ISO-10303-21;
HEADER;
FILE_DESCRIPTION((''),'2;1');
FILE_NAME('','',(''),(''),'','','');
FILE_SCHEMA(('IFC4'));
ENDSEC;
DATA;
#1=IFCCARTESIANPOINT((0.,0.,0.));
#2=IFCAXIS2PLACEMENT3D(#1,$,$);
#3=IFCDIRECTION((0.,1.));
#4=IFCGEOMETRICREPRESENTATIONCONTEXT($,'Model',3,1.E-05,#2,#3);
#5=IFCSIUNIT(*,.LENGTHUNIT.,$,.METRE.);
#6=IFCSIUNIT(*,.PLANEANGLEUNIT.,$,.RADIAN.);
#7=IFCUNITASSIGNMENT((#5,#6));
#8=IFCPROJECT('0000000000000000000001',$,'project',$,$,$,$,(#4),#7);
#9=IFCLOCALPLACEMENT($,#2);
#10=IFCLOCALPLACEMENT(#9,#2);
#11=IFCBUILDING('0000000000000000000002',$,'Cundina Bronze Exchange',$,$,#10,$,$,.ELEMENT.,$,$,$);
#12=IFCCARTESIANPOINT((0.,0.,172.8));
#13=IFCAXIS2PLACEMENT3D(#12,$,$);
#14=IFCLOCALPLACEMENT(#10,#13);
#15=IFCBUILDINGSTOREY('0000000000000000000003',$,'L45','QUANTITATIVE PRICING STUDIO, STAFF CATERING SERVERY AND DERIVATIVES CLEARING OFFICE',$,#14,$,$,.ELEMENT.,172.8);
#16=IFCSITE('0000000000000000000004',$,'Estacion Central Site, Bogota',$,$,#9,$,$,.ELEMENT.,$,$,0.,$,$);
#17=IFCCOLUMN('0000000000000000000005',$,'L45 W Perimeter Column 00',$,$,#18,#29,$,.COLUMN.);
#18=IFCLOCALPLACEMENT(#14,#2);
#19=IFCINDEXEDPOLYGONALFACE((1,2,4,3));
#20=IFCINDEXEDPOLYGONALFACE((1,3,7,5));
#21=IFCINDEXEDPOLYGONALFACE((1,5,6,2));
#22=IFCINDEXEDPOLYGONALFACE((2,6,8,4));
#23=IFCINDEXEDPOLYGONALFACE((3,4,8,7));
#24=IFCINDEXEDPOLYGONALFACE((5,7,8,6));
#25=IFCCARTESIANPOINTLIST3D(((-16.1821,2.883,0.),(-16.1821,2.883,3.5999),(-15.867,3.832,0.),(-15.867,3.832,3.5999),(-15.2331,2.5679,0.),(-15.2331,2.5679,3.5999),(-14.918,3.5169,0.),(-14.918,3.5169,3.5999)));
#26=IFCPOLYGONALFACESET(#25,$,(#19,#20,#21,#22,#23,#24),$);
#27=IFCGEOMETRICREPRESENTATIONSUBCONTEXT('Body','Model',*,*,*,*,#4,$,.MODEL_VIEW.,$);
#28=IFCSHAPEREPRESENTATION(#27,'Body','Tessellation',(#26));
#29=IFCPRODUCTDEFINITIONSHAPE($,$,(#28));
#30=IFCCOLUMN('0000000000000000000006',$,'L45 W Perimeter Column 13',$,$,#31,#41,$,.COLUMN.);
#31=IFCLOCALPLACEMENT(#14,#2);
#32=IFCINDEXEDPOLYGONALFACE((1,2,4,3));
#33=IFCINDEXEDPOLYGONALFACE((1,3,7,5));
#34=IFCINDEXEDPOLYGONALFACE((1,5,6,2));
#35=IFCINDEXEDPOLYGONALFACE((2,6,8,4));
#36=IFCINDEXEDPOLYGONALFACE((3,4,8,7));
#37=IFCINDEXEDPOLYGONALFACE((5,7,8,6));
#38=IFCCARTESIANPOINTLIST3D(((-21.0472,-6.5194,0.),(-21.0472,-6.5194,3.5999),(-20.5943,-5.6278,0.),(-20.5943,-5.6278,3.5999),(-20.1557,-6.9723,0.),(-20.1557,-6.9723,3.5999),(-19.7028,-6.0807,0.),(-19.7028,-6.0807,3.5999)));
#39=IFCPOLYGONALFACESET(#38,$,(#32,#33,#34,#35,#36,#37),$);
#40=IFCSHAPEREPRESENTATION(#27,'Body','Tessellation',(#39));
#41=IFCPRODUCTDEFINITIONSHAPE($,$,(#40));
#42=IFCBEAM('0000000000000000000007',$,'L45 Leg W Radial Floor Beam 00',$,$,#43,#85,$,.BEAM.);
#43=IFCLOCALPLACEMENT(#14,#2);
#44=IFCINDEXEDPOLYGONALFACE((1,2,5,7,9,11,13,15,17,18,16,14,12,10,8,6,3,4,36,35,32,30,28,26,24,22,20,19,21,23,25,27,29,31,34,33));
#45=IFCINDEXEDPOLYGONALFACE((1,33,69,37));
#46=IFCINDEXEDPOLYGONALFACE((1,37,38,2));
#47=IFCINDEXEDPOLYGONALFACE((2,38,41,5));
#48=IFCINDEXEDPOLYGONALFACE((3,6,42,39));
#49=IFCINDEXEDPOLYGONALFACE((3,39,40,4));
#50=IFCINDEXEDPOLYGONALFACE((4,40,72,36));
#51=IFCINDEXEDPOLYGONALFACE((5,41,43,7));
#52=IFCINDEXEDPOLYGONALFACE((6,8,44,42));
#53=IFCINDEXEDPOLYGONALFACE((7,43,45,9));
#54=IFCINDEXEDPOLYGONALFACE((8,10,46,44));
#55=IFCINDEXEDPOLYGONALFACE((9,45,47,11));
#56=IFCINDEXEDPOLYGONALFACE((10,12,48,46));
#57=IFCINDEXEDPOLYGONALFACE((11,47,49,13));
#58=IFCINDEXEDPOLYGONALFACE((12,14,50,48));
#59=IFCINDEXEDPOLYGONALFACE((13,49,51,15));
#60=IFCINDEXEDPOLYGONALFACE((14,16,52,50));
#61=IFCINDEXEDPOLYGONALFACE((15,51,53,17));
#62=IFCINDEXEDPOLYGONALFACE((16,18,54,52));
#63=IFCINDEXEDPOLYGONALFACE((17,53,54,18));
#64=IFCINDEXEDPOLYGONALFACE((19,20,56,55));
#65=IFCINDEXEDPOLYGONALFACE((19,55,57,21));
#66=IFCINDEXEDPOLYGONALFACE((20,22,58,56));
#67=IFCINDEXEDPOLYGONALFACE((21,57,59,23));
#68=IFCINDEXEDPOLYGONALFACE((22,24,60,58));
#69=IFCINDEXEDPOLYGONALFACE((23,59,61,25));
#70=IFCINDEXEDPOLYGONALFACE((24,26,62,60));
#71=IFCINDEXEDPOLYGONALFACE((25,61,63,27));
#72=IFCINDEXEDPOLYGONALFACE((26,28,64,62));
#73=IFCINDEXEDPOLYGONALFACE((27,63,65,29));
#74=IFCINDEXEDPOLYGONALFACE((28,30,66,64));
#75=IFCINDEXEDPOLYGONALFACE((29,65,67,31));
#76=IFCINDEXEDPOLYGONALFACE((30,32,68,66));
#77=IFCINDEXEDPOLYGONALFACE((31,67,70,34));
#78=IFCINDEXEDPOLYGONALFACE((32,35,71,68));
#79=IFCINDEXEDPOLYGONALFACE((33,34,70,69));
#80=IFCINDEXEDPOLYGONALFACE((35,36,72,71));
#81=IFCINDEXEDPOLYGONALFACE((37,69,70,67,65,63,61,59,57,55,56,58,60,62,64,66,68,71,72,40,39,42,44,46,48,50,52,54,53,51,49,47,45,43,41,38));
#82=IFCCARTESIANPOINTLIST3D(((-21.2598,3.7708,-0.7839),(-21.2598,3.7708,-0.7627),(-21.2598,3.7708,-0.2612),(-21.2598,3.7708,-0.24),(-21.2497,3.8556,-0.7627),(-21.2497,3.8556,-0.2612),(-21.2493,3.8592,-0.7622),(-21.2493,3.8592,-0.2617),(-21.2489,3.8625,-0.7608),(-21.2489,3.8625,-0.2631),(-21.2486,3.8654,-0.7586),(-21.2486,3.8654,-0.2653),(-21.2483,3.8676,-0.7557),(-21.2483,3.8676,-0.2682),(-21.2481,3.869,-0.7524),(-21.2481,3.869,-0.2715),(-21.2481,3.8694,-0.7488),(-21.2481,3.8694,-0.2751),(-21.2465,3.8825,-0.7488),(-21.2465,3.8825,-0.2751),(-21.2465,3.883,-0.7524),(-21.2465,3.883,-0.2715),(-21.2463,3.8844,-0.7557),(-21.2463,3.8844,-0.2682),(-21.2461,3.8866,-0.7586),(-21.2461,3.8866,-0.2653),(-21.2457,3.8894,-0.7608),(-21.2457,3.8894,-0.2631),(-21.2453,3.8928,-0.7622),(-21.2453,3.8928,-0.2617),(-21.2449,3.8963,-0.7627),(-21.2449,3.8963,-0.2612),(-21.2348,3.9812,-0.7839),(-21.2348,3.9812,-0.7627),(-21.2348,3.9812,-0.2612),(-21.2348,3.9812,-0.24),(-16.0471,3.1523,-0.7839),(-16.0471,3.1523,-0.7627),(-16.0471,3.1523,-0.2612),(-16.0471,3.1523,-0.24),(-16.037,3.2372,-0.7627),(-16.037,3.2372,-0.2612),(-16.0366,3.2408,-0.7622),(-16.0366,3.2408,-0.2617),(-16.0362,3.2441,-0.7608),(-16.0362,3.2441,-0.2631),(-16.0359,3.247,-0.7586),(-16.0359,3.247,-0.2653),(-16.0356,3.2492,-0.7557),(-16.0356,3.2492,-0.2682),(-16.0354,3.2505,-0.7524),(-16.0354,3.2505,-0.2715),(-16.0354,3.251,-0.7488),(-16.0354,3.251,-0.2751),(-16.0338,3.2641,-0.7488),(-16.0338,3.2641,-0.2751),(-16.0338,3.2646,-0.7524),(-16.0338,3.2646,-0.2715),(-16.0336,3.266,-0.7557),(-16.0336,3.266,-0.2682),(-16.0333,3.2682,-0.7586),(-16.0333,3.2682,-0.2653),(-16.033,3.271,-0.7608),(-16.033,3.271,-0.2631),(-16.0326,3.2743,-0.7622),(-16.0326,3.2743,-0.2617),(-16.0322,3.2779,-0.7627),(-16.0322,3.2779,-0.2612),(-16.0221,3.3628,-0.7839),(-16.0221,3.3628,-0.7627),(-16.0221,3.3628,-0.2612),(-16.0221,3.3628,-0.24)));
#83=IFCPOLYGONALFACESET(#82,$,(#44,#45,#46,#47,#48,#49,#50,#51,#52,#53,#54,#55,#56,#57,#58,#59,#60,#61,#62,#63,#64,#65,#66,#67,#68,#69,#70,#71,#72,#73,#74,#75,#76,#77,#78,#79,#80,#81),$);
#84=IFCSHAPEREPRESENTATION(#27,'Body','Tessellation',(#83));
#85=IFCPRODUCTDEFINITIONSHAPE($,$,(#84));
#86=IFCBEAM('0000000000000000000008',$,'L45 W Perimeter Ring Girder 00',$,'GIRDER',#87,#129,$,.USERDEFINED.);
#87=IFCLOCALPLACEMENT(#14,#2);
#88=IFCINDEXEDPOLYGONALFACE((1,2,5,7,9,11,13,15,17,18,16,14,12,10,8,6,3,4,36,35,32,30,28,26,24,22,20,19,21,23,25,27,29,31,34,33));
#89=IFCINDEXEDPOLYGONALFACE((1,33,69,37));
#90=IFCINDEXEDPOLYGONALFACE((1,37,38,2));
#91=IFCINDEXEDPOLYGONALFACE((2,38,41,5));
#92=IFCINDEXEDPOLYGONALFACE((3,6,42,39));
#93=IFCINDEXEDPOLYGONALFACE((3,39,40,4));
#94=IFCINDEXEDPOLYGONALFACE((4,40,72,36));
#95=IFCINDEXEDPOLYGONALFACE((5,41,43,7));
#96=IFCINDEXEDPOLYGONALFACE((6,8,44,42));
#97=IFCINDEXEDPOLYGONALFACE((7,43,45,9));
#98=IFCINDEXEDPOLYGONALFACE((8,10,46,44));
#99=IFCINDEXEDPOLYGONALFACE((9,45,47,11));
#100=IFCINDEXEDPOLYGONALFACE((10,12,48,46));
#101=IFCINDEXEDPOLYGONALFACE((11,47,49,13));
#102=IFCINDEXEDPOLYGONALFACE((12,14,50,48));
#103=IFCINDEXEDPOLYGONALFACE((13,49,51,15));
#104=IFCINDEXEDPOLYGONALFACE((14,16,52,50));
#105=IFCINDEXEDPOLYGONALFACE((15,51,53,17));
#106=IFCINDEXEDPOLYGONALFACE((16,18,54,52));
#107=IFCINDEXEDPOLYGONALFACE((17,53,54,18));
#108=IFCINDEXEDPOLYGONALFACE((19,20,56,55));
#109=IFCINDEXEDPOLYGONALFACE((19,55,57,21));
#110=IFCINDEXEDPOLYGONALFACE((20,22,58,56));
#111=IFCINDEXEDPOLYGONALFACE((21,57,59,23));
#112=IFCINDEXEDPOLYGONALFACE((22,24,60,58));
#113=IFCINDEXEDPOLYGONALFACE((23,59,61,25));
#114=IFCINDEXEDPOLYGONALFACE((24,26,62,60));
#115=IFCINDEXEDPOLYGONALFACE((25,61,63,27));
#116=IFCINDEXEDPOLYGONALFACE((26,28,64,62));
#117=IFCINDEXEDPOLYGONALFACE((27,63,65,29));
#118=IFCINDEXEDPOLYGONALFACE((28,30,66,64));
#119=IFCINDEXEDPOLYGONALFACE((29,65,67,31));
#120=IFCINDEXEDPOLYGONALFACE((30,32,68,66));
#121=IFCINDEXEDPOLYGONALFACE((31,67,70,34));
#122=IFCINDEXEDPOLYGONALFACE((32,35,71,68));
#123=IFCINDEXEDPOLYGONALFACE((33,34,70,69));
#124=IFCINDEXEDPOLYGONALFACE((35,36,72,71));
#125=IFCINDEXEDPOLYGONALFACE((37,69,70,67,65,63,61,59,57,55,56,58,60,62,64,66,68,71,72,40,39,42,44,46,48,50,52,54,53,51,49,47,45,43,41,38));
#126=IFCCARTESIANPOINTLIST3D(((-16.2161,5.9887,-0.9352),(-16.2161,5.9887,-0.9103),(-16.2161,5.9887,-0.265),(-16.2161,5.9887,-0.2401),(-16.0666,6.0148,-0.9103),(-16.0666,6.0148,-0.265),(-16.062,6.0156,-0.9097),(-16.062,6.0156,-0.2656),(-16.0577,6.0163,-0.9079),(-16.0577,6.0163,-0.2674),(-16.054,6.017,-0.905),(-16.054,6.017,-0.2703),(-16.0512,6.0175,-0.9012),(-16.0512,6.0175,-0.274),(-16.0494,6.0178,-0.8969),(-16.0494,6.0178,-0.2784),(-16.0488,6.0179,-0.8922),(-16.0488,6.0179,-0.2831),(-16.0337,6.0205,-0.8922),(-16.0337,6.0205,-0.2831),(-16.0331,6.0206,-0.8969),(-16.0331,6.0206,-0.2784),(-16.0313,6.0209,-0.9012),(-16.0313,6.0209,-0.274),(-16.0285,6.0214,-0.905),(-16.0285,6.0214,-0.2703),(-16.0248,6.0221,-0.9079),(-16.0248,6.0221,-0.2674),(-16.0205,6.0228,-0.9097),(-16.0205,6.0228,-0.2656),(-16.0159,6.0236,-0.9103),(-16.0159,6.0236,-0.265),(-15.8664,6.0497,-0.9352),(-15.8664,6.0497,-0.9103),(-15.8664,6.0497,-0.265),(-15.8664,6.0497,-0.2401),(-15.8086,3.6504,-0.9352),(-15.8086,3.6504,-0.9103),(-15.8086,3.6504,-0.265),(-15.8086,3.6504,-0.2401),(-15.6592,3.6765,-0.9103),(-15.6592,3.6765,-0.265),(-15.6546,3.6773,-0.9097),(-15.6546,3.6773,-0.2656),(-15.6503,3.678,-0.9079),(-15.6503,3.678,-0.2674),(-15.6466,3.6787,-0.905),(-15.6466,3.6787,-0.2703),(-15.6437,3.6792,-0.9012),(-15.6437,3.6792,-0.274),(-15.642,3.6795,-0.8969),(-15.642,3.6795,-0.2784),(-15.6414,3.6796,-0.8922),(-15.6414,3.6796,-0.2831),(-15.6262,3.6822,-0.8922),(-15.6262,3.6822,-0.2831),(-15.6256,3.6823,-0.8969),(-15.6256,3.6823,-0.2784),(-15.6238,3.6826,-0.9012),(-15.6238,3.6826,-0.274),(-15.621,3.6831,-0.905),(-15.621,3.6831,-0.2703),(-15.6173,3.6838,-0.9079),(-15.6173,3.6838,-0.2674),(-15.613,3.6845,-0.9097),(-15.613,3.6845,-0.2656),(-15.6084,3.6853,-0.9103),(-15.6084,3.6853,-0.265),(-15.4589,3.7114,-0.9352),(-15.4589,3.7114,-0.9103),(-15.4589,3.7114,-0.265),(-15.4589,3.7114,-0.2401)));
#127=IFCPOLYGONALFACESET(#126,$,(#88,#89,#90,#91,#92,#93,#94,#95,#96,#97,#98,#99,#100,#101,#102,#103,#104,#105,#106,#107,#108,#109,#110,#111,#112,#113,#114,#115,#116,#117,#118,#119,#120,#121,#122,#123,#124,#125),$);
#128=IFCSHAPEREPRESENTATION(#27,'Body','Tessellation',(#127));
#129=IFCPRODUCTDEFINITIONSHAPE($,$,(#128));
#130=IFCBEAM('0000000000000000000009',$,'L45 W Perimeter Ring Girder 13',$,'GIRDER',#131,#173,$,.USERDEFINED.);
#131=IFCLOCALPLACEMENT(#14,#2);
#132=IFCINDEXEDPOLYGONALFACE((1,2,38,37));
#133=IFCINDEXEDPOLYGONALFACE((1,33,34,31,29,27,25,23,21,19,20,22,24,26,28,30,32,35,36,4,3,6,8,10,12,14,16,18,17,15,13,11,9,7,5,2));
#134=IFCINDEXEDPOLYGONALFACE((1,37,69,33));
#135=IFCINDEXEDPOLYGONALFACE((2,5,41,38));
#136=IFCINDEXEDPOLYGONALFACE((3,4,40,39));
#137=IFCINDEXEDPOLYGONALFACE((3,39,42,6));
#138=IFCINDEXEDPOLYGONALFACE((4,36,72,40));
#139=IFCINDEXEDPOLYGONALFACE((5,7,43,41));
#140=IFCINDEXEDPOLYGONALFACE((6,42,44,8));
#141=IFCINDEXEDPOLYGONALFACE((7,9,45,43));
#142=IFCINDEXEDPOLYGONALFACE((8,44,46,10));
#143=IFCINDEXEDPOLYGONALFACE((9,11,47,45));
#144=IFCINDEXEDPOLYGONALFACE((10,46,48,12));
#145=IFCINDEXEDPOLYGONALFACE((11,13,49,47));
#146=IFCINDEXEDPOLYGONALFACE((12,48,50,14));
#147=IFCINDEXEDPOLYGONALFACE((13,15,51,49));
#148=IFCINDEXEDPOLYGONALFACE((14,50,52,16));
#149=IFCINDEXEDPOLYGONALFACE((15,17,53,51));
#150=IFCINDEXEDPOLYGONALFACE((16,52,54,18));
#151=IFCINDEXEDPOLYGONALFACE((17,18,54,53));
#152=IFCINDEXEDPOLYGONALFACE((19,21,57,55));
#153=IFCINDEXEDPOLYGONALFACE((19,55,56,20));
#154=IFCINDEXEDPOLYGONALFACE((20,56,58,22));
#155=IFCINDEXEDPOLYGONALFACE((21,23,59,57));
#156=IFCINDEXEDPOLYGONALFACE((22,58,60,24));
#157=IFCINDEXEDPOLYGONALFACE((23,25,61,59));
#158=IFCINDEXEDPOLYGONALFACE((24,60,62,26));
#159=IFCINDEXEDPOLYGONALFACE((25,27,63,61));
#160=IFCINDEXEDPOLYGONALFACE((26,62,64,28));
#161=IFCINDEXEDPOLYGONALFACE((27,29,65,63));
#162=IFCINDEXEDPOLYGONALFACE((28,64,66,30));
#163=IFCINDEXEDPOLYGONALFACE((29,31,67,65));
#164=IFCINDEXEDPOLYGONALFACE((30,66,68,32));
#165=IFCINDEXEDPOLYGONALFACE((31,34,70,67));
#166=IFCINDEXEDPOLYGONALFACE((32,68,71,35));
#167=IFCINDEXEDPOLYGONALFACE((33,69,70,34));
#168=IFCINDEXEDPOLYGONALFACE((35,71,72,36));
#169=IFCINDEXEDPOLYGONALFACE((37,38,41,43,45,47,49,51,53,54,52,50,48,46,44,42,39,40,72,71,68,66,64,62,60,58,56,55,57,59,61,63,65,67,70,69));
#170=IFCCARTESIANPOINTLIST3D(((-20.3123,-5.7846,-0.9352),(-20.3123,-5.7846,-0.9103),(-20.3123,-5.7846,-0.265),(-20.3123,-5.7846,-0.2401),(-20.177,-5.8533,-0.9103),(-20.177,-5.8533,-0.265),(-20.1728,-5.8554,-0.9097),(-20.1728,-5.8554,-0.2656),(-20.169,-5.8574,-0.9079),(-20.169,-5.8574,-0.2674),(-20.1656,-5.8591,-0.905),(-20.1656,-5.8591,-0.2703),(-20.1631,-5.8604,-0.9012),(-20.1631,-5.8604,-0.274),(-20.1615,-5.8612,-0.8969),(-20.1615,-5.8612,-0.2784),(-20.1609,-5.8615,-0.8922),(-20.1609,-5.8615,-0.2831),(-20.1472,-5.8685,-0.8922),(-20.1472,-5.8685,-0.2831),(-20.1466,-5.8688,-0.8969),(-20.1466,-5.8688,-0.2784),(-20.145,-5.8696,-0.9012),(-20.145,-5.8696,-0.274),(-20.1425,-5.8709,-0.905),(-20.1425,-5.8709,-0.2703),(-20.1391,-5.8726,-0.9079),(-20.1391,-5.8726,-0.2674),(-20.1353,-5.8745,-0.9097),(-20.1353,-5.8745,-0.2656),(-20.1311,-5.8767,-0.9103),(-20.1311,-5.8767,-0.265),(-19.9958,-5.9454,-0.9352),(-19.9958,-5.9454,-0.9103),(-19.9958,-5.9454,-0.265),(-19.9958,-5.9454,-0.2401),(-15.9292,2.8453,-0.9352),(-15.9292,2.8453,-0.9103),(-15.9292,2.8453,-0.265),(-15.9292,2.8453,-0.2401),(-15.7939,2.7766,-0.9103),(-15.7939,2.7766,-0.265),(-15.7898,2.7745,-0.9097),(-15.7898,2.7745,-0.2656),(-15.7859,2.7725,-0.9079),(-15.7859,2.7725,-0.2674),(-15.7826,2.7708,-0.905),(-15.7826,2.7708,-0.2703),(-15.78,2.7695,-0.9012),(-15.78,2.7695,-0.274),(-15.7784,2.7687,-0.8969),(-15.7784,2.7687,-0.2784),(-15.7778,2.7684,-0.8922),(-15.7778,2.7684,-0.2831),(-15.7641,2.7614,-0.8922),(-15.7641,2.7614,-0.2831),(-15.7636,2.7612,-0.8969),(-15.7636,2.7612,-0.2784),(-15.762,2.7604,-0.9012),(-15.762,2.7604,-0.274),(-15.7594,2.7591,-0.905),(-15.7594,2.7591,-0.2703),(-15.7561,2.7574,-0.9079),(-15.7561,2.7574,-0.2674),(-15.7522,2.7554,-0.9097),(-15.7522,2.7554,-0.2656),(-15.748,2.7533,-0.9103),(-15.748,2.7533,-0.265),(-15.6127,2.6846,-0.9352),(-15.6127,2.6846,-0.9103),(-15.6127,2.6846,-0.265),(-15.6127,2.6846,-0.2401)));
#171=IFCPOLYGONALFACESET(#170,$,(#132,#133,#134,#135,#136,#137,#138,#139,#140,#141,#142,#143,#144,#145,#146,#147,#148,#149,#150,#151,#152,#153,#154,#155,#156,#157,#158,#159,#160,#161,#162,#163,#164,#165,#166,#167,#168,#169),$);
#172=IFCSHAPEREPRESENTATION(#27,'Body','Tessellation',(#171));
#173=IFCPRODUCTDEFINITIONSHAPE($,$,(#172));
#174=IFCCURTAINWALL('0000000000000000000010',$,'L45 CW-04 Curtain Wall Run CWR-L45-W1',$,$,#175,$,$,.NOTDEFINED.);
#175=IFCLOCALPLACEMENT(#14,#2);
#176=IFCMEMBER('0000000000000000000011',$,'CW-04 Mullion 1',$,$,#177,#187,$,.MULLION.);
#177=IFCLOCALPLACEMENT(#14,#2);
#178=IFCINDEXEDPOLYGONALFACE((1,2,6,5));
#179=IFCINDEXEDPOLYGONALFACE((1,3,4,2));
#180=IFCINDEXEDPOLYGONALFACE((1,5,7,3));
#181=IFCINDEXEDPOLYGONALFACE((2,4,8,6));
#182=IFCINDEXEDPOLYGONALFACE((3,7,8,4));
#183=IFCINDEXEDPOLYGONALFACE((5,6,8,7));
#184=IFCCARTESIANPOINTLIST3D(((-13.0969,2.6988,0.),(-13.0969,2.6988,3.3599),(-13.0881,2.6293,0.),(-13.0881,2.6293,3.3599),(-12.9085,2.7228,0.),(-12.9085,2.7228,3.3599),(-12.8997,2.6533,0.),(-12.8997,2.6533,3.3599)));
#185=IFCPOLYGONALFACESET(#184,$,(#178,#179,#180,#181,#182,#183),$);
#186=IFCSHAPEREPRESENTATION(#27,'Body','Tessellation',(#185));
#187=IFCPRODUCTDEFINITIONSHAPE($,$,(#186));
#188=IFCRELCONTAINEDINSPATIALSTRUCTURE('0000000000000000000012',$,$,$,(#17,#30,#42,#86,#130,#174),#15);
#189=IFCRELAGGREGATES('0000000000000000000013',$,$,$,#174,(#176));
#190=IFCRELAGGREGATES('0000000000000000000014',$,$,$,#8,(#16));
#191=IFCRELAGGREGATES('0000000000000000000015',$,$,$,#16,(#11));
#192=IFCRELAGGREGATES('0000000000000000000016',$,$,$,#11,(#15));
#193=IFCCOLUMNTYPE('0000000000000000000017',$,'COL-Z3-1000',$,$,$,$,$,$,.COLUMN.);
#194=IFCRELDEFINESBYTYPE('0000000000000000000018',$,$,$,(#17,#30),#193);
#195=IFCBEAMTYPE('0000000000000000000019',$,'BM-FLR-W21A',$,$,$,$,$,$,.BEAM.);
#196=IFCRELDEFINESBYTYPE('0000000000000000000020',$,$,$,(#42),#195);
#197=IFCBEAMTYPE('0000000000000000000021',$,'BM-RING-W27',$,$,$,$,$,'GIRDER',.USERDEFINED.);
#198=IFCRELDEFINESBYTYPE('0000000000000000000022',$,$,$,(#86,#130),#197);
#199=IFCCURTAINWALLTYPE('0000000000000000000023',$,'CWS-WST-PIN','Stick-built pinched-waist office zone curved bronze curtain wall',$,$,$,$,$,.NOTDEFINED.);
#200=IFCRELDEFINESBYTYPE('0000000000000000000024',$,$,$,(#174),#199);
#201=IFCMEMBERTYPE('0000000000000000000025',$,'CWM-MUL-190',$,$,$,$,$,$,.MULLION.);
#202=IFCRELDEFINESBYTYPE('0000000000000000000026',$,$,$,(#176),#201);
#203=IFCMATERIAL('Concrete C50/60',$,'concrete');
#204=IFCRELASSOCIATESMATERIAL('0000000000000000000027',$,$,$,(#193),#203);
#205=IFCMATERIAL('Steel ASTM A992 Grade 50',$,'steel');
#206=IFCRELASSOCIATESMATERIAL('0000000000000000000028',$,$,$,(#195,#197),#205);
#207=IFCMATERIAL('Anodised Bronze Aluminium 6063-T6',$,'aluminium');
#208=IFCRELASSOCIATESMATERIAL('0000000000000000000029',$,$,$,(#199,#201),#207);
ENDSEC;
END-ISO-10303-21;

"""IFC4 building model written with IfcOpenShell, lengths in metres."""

from ifc_helpers import new_model, si_unit, direction, frame, origin, origin_2d, place, context, subcontext, project, spatial, rectangle, i_section, extrude, material, material_profile, profile_set, type_object, element, aggregate, save


model = new_model("IFC4")

# Units and contexts
model_context = context("Model", 3, precision=1e-05, world=origin(), true_north=direction((0.0, 1.0)))
body_context = subcontext(model_context, "Body", "Model", "MODEL_VIEW")
ifc_project = project(units=[si_unit("LENGTHUNIT", "METRE"), si_unit("PLANEANGLEUNIT", "RADIAN")], contexts=[model_context])

# Site, building, storey
site_placement = place(None, origin())
site = spatial("IfcSite", under=ifc_project, at=site_placement, Name="Estacion Central Site, Bogota", CompositionType="ELEMENT", RefElevation=0.0)
building_placement = place(site_placement, origin())
building = spatial("IfcBuilding", under=site, at=building_placement, Name="Cundina Bronze Exchange", CompositionType="ELEMENT")
storey_placement = place(building_placement, frame((0.0, 0.0, 172.8)))
storey = spatial("IfcBuildingStorey", under=building, at=storey_placement, Name="L45", Description="QUANTITATIVE PRICING STUDIO, STAFF CATERING SERVERY AND DERIVATIVES CLEARING OFFICE", CompositionType="ELEMENT", Elevation=172.8)

# Columns
ifc_material_1 = material(Name="Concrete C50/60", Category="concrete")
ifc_material_profile_1 = material_profile(ifc_material_1, rectangle(XDim=1.0, YDim=1.0, at=origin_2d()), Name="RC1000X1000", Category="concrete")
ifc_profile_set_1 = profile_set([ifc_material_profile_1], Name="Concrete C50/60")
column_type = type_object("IfcColumnType", Name="COL-Z3-1000", PredefinedType="COLUMN", material=ifc_profile_set_1)
for number, where, z_axis, x_axis, name in (
    (1, (-15.55, 3.2, 0.0), (0.0, 0.0, 1.0), (0.315152, 0.949041, 0.0), "L45 W Perimeter Column 00"),
    (2, (-20.375, -6.3, 0.0), (0.0, 0.0, 1.0), (0.452902, 0.891561, 0.0), "L45 W Perimeter Column 13"),
):
    element("IfcColumn", number, at=place(storey_placement, frame(where, z_axis=z_axis, x_axis=x_axis)), inside=storey, type_object=column_type, Name=name, PredefinedType="COLUMN", context=body_context, shape_type="SweptSolid", body=[
        extrude(rectangle(XDim=1.0, YDim=1.0, at=origin_2d()), origin(), (0.0, 0.0, 1.0), 3.5999),
    ])

# Beams
ifc_material_2 = material(Name="Steel ASTM A992 Grade 50", Category="steel")
ifc_material_profile_2 = material_profile(ifc_material_2, i_section(OverallWidth=0.2119, OverallDepth=0.5439, WebThickness=0.0132, FlangeThickness=0.0212, FilletRadius=0.0139, at=origin_2d()), Name="W21X83", Category="steel")
ifc_profile_set_2 = profile_set([ifc_material_profile_2], Name="Steel ASTM A992 Grade 50")
beam_type_1 = type_object("IfcBeamType", Name="BM-FLR-W21A", PredefinedType="BEAM", material=ifc_profile_set_2)
beam_1_placement = place(storey_placement, frame((-21.2473, 3.876, -0.512), z_axis=(0.993036, -0.11781, 0.0), x_axis=(0.11781, 0.993036, 0.0)))
element("IfcBeam", 3, at=beam_1_placement, inside=storey, type_object=beam_type_1, Name="L45 Leg W Radial Floor Beam 00", PredefinedType="BEAM", context=body_context, shape_type="SweptSolid", body=[
    extrude(i_section(OverallWidth=0.2119, OverallDepth=0.5439, WebThickness=0.0132, FlangeThickness=0.0212, FilletRadius=0.0139, at=origin_2d()), origin(), (0.0, 0.0, 1.0), 5.2493),
])
ifc_material_profile_3 = material_profile(ifc_material_2, i_section(OverallWidth=0.355, OverallDepth=0.6951, WebThickness=0.0154, FlangeThickness=0.0249, FilletRadius=0.0181, at=origin_2d()), Name="W27X146", Category="steel")
ifc_profile_set_3 = profile_set([ifc_material_profile_3], Name="Steel ASTM A992 Grade 50")
beam_type_2 = type_object("IfcBeamType", Name="BM-RING-W27", ElementType="GIRDER", PredefinedType="USERDEFINED", material=ifc_profile_set_3)
beam_2_placement = place(storey_placement, frame((-15.6338, 3.6809, -0.5876), z_axis=(-0.171667, 0.985155, 0.0), x_axis=(-0.985155, -0.171667, 0.0)))
element("IfcBeam", 4, at=beam_2_placement, inside=storey, type_object=beam_type_2, Name="L45 W Perimeter Ring Girder 00", ObjectType="GIRDER", PredefinedType="USERDEFINED", context=body_context, shape_type="SweptSolid", body=[
    extrude(i_section(OverallWidth=0.355, OverallDepth=0.6951, WebThickness=0.0154, FlangeThickness=0.0249, FilletRadius=0.0181, at=origin_2d()), origin(), (0.0, 0.0, 1.0), 2.3735),
])
beam_3_placement = place(storey_placement, frame((-20.1541, -5.865, -0.5876), z_axis=(0.452835, 0.891595, 0.0), x_axis=(-0.891595, 0.452835, 0.0)))
element("IfcBeam", 5, at=beam_3_placement, inside=storey, type_object=beam_type_2, Name="L45 W Perimeter Ring Girder 13", ObjectType="GIRDER", PredefinedType="USERDEFINED", context=body_context, shape_type="SweptSolid", body=[
    extrude(i_section(OverallWidth=0.355, OverallDepth=0.6951, WebThickness=0.0154, FlangeThickness=0.0249, FilletRadius=0.0181, at=origin_2d()), origin(), (0.0, 0.0, 1.0), 9.6792),
])

# Curtain wall, member
ifc_material_3 = material(Name="Anodised Bronze Aluminium 6063-T6", Category="aluminium")
curtain_wall_type = type_object("IfcCurtainWallType", Name="CWS-WST-PIN", Description="Stick-built pinched-waist office zone curved bronze curtain wall", PredefinedType="NOTDEFINED", material=ifc_material_3)
curtain_wall_1_placement = place(storey_placement, origin())
curtain_wall_1 = element("IfcCurtainWall", 6, at=curtain_wall_1_placement, inside=storey, type_object=curtain_wall_type, Name="L45 CW-04 Curtain Wall Run CWR-L45-W1", PredefinedType="NOTDEFINED")
ifc_material_profile_4 = material_profile(ifc_material_3, rectangle(XDim=0.0701, YDim=0.1899, at=origin_2d()), Name="AL70X190", Category="aluminium")
ifc_profile_set_4 = profile_set([ifc_material_profile_4], Name="Anodised Bronze Aluminium 6063-T6")
member_type_1 = type_object("IfcMemberType", Name="CWM-MUL-190", PredefinedType="MULLION", material=ifc_profile_set_4)
member_1_placement = place(storey_placement, frame((-12.9983, 2.676, 0.0), z_axis=(0.0, 0.0, 1.0), x_axis=(-0.126545, 0.991961, 0.0)))
member_1 = element("IfcMember", 7, at=member_1_placement, type_object=member_type_1, Name="CW-04 Mullion 1", PredefinedType="MULLION", context=body_context, shape_type="SweptSolid", body=[
    extrude(rectangle(XDim=0.0701, YDim=0.1899, at=origin_2d()), origin(), (0.0, 0.0, 1.0), 3.3599),
])

aggregate(curtain_wall_1, [member_1])

save(model, "model.ifc")
